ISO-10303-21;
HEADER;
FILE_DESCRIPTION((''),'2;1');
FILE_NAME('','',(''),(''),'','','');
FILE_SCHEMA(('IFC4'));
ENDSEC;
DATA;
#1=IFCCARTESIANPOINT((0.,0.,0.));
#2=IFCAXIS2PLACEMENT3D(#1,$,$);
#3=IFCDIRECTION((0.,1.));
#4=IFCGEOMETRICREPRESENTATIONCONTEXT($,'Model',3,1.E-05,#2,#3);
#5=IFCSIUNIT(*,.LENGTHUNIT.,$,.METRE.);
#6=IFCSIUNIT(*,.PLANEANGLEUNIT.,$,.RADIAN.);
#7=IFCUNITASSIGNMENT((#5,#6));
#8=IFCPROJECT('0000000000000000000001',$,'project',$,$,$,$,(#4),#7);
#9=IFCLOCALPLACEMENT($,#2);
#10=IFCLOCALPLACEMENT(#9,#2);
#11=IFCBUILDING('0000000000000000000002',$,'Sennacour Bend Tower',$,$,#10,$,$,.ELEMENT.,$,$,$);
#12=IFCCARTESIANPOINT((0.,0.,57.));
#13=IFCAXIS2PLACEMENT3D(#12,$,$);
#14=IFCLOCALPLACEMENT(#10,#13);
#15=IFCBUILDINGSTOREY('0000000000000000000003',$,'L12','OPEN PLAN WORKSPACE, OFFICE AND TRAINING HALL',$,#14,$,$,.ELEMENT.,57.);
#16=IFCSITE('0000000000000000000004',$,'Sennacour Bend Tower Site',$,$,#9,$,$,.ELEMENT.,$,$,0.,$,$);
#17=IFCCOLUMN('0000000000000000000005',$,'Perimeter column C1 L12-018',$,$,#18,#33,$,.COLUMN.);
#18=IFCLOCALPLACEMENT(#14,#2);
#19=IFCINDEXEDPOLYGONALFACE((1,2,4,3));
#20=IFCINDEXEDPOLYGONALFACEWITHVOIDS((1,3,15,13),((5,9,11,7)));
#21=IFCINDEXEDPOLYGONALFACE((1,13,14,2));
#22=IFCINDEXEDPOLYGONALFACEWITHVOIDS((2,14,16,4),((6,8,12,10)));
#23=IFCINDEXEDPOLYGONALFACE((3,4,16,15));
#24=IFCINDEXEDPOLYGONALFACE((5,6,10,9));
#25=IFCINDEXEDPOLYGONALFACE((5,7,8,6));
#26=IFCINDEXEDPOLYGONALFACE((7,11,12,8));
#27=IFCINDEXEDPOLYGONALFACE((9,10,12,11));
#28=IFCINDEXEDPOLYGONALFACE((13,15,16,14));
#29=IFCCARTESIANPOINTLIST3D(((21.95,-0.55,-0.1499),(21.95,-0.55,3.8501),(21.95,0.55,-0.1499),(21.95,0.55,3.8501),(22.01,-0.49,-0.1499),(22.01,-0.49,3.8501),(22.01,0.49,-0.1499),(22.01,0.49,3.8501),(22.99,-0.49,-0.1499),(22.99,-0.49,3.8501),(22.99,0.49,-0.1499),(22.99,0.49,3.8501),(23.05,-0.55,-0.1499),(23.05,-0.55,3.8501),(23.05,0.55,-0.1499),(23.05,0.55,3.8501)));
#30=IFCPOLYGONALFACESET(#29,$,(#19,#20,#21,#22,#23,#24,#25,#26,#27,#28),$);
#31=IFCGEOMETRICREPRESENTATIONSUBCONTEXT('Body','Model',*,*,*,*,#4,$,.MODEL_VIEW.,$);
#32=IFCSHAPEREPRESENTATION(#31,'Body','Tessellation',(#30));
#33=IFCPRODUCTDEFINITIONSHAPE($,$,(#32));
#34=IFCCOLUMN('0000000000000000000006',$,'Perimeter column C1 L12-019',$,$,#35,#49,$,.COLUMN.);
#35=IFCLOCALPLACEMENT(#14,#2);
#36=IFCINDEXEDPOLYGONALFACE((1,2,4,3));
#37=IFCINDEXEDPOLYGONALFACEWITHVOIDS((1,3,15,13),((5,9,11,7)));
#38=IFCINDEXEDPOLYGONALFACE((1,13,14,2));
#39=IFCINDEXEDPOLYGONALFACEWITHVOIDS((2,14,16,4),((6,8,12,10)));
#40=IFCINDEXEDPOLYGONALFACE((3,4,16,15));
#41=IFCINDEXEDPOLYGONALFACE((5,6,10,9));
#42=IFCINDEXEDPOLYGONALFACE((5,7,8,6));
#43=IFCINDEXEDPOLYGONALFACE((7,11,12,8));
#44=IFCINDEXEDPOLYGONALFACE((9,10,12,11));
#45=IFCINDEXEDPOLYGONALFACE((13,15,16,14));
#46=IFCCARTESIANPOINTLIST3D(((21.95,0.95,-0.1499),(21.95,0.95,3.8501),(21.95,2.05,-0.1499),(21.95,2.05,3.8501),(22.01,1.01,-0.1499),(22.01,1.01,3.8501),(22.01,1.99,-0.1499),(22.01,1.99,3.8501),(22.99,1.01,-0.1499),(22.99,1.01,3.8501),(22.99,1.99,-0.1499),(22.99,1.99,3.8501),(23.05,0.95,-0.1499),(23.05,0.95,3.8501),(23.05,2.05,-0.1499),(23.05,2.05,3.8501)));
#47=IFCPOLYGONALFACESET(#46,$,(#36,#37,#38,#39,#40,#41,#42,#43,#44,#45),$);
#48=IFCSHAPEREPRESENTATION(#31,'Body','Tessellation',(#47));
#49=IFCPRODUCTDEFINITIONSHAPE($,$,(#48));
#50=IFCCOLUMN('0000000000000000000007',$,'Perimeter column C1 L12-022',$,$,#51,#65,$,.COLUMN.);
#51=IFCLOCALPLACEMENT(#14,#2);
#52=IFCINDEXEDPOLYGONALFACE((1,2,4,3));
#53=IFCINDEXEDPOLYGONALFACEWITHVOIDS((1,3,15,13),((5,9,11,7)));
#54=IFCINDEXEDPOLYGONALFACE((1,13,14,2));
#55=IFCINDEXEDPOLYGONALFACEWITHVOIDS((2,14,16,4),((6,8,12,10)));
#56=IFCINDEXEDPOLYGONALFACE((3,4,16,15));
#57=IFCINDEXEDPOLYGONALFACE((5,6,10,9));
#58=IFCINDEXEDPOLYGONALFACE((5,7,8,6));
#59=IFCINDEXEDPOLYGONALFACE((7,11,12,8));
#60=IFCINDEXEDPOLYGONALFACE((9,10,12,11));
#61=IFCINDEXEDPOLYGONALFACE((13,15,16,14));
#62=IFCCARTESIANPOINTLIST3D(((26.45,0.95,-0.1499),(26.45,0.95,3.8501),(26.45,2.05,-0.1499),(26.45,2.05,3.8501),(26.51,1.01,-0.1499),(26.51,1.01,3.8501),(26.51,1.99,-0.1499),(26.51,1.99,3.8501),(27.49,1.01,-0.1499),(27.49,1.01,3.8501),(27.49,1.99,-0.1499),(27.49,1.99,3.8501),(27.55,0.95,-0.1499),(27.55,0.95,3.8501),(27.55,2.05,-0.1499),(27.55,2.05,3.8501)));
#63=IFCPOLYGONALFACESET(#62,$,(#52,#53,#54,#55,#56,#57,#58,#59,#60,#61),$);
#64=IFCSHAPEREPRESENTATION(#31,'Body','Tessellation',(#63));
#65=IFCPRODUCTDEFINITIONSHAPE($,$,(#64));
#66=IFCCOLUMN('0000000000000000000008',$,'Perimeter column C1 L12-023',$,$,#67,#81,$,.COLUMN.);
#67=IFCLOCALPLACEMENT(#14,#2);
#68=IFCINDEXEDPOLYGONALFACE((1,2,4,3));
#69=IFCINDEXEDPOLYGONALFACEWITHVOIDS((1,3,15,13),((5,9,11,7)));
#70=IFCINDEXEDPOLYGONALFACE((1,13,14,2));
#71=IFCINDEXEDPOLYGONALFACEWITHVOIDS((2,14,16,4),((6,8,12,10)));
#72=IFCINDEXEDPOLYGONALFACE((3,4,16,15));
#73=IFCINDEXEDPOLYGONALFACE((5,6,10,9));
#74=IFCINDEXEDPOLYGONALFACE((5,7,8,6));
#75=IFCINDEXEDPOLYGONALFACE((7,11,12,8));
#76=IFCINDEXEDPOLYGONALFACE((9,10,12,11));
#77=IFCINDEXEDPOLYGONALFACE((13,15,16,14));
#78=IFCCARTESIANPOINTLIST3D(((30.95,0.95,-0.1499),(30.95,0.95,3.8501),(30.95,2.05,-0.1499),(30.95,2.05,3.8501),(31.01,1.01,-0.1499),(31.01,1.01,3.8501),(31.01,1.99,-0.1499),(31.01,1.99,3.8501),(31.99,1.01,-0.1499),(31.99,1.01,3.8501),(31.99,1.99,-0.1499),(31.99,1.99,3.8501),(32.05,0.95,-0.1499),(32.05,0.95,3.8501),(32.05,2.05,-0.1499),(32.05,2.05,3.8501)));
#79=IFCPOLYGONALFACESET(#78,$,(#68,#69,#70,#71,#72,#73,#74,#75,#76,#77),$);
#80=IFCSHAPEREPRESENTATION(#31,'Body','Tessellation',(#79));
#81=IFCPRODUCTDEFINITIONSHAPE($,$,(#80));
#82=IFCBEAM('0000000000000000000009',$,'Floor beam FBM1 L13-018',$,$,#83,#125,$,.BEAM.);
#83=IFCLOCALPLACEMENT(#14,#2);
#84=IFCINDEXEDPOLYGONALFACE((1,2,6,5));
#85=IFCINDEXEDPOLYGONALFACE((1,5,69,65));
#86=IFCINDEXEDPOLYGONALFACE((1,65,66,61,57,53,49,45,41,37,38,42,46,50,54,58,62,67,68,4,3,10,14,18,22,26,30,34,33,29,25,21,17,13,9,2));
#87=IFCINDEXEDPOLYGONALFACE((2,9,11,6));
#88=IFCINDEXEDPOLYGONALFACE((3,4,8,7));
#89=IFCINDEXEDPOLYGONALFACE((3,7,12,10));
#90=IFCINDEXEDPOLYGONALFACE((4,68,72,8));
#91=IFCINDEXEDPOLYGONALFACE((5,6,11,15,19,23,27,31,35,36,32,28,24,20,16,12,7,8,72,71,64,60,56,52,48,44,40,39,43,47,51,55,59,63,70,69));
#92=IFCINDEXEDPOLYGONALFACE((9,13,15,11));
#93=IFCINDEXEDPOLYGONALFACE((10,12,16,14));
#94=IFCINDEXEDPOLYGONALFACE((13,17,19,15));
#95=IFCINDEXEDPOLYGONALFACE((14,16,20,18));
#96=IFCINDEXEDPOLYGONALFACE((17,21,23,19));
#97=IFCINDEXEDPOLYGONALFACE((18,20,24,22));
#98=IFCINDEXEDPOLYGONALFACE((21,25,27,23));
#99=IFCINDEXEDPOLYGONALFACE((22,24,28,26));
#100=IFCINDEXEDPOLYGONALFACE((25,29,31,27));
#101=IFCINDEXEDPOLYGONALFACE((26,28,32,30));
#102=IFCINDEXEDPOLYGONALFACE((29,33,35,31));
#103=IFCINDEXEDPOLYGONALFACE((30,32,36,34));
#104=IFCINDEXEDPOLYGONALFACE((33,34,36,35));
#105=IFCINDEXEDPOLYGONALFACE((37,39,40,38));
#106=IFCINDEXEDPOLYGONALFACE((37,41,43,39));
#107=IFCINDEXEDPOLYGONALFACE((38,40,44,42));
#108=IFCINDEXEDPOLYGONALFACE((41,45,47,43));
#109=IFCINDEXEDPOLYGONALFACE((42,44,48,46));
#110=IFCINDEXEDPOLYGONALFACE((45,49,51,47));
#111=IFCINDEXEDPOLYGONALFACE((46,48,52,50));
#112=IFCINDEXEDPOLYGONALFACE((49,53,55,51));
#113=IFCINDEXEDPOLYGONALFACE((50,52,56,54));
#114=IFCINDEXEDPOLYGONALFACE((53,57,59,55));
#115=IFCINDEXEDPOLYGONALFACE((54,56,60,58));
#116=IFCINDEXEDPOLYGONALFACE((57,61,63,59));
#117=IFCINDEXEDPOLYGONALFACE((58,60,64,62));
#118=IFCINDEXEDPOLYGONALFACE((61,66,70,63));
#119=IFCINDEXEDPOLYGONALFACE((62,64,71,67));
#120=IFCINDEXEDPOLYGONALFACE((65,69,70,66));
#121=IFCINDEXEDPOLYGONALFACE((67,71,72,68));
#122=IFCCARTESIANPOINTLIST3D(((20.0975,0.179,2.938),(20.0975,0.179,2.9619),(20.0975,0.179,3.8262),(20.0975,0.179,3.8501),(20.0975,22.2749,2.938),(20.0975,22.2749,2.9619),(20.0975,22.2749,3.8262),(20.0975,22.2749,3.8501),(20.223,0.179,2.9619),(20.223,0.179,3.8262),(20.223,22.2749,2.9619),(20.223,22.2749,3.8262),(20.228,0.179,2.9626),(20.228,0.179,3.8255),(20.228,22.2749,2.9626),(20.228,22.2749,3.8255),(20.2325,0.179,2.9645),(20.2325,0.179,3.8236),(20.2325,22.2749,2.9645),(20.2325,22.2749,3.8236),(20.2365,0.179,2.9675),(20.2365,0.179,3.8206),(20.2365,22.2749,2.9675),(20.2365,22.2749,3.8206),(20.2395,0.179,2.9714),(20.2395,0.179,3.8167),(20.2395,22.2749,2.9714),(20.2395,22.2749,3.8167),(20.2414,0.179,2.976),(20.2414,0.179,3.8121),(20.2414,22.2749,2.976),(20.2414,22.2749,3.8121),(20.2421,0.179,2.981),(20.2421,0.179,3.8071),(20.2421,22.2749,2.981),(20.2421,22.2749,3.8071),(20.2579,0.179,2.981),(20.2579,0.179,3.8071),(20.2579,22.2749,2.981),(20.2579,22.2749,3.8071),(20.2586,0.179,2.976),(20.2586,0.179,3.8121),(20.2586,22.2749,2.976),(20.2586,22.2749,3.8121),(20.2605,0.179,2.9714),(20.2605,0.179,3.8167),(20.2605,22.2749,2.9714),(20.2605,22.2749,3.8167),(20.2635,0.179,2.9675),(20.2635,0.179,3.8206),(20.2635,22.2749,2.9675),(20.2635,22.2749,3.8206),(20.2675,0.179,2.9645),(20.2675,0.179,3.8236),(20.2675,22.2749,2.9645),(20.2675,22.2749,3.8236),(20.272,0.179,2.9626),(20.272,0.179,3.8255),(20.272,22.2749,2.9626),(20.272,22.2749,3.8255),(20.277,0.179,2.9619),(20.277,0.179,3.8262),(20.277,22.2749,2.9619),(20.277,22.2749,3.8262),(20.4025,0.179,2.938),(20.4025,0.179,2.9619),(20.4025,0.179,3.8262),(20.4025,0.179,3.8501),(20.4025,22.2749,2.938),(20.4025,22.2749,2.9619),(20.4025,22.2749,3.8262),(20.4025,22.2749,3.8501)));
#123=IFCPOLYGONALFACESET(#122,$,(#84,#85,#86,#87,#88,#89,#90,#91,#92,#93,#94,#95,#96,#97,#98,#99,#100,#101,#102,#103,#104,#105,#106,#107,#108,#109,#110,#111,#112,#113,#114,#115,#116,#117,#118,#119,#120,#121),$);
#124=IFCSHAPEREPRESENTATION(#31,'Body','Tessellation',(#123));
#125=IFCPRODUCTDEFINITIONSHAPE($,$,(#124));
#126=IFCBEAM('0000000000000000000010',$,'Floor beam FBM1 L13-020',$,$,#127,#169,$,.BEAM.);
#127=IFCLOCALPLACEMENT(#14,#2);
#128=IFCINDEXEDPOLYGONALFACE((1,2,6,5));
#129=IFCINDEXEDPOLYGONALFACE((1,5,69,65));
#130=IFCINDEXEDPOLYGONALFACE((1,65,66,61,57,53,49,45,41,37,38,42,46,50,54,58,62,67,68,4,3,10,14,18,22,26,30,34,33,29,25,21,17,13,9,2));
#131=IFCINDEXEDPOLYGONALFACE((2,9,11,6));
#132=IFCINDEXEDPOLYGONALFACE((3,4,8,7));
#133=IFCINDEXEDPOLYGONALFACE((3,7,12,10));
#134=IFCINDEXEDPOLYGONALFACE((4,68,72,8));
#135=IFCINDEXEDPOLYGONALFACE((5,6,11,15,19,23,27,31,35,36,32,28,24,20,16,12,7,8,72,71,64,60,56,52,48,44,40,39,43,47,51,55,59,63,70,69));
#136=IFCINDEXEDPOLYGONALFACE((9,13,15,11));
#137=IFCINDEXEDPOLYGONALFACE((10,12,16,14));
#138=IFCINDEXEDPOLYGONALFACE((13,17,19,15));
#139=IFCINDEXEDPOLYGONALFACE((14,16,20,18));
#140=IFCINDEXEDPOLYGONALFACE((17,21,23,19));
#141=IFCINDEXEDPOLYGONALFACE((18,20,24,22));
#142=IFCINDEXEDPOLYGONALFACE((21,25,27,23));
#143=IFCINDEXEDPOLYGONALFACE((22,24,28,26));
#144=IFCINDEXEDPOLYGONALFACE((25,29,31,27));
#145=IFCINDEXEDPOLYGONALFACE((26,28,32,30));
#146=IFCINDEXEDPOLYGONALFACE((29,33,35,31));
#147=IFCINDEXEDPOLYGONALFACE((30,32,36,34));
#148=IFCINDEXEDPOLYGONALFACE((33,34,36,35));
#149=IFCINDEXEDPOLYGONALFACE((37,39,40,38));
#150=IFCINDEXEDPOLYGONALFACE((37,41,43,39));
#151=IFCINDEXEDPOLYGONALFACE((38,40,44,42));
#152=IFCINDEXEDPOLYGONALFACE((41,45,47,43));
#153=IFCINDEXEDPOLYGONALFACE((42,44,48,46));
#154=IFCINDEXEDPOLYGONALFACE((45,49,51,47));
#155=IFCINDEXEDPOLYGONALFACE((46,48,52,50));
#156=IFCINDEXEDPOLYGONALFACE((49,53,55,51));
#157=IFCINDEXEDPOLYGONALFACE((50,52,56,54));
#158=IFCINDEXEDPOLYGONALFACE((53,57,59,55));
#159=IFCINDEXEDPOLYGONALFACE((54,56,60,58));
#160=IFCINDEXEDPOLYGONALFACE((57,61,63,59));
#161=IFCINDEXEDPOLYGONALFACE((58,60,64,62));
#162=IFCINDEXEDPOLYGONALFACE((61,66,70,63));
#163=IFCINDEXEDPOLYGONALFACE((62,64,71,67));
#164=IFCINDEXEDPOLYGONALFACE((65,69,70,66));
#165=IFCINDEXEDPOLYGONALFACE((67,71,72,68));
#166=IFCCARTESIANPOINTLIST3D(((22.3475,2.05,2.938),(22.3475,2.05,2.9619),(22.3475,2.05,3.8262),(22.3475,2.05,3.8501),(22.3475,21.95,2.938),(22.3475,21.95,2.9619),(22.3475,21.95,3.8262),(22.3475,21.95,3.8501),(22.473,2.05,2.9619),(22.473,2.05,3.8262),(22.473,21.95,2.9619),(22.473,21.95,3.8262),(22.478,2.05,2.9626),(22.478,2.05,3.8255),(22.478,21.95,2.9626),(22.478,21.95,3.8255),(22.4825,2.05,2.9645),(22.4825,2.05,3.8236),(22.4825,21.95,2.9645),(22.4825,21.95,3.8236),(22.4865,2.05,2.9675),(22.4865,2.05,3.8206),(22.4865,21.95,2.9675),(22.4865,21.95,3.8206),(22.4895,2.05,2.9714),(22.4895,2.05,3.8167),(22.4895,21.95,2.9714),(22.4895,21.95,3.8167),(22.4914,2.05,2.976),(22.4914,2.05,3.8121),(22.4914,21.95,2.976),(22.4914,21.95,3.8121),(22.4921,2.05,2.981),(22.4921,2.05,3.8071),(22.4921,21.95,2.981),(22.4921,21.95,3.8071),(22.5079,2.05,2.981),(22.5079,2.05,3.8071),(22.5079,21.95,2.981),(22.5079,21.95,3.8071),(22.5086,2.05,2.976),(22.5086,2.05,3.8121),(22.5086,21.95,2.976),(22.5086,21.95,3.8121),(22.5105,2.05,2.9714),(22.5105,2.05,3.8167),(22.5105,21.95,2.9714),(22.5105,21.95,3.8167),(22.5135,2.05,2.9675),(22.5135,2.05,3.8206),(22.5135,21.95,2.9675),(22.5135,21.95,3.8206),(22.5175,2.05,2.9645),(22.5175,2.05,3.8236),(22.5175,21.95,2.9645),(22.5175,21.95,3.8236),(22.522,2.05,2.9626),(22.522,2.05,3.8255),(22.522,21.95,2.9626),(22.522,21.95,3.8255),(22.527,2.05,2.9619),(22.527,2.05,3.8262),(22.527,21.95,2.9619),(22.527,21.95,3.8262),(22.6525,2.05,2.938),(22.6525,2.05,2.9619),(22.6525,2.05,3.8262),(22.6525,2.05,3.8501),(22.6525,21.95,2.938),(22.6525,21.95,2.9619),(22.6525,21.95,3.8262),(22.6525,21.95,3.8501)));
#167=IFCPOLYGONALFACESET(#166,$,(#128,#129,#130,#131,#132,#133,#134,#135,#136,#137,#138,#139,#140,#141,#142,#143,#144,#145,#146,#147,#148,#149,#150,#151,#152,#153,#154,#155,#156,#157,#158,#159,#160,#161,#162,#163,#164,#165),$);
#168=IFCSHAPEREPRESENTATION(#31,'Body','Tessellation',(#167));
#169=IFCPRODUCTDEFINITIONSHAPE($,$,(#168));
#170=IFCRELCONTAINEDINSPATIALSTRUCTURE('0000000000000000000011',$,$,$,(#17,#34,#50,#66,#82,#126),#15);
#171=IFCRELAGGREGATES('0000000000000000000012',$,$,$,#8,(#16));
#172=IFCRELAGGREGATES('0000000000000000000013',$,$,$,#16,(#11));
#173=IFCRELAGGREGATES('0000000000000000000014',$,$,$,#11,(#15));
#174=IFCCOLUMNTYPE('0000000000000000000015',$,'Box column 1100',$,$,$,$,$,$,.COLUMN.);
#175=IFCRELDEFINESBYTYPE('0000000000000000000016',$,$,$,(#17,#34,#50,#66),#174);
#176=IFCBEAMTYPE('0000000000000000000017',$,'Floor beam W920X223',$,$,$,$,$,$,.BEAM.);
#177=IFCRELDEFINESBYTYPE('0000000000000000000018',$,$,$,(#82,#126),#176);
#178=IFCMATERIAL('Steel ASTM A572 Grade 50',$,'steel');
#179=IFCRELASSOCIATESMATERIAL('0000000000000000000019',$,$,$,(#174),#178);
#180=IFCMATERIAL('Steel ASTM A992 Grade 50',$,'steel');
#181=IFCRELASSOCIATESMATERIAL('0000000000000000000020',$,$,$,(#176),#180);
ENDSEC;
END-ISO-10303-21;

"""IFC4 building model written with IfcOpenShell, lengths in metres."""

from ifc_helpers import new_model, si_unit, direction, frame, origin, origin_2d, place, context, subcontext, project, spatial, hollow_rectangle, i_section, extrude, material, material_profile, profile_set, type_object, element, save


model = new_model("IFC4")

# Units and contexts
model_context = context("Model", 3, precision=1e-05, world=origin(), true_north=direction((0.0, 1.0)))
body_context = subcontext(model_context, "Body", "Model", "MODEL_VIEW")
ifc_project = project(units=[si_unit("LENGTHUNIT", "METRE"), si_unit("PLANEANGLEUNIT", "RADIAN")], contexts=[model_context])

# Site, building, storey
site_placement = place(None, origin())
site = spatial("IfcSite", under=ifc_project, at=site_placement, Name="Sennacour Bend Tower Site", CompositionType="ELEMENT", RefElevation=0.0)
building_placement = place(site_placement, origin())
building = spatial("IfcBuilding", under=site, at=building_placement, Name="Sennacour Bend Tower", CompositionType="ELEMENT")
storey_placement = place(building_placement, frame((0.0, 0.0, 57.0)))
storey = spatial("IfcBuildingStorey", under=building, at=storey_placement, Name="L12", Description="OPEN PLAN WORKSPACE, OFFICE AND TRAINING HALL", CompositionType="ELEMENT", Elevation=57.0)

# Columns
ifc_material_1 = material(Name="Steel ASTM A572 Grade 50", Category="steel")
ifc_material_profile_1 = material_profile(ifc_material_1, hollow_rectangle(XDim=1.1001, YDim=1.1001, WallThickness=0.0601, at=origin_2d()), Name="Steel ASTM A572 Grade 50", Category="steel")
ifc_profile_set_1 = profile_set([ifc_material_profile_1], Name="Steel ASTM A572 Grade 50")
column_type = type_object("IfcColumnType", Name="Box column 1100", PredefinedType="COLUMN", material=ifc_profile_set_1)
for number, where, z_axis, x_axis, name in (
    (1, (22.5, 0.0, -0.1499), (0.0, 0.0, 1.0), (1.0, 0.0, 0.0), "Perimeter column C1 L12-018"),
    (2, (22.5, 1.5, -0.1499), (0.0, 0.0, 1.0), (1.0, 0.0, 0.0), "Perimeter column C1 L12-019"),
    (3, (27.0, 1.5, -0.1499), (0.0, 0.0, 1.0), (1.0, 0.0, 0.0), "Perimeter column C1 L12-022"),
    (4, (31.5, 1.5, -0.1499), (0.0, 0.0, 1.0), (1.0, 0.0, 0.0), "Perimeter column C1 L12-023"),
):
    element("IfcColumn", number, at=place(storey_placement, frame(where, z_axis=z_axis, x_axis=x_axis)), inside=storey, type_object=column_type, Name=name, PredefinedType="COLUMN", context=body_context, shape_type="SweptSolid", body=[
        extrude(hollow_rectangle(XDim=1.1001, YDim=1.1001, WallThickness=0.0601, at=origin_2d()), origin(), (0.0, 0.0, 1.0), 4.0),
    ])

# Beams
ifc_material_2 = material(Name="Steel ASTM A992 Grade 50", Category="steel")
ifc_material_profile_2 = material_profile(ifc_material_2, i_section(OverallWidth=0.3049, OverallDepth=0.9121, WebThickness=0.0159, FlangeThickness=0.0239, FilletRadius=0.019, at=origin_2d()), Name="Steel ASTM A992 Grade 50", Category="steel")
ifc_profile_set_2 = profile_set([ifc_material_profile_2], Name="Steel ASTM A992 Grade 50")
beam_type_1 = type_object("IfcBeamType", Name="Floor beam W920X223", PredefinedType="BEAM", material=ifc_profile_set_2)
beam_1_placement = place(storey_placement, frame((20.25, 0.179, 3.394), z_axis=(0.0, 1.0, 0.0), x_axis=(-1.0, 0.0, 0.0)))
element("IfcBeam", 5, at=beam_1_placement, inside=storey, type_object=beam_type_1, Name="Floor beam FBM1 L13-018", PredefinedType="BEAM", context=body_context, shape_type="SweptSolid", body=[
    extrude(i_section(OverallWidth=0.3049, OverallDepth=0.9121, WebThickness=0.0159, FlangeThickness=0.0239, FilletRadius=0.019, at=origin_2d()), origin(), (0.0, 0.0, 1.0), 22.0959),
])
beam_2_placement = place(storey_placement, frame((22.5, 2.05, 3.394), z_axis=(0.0, 1.0, 0.0), x_axis=(-1.0, 0.0, 0.0)))
element("IfcBeam", 6, at=beam_2_placement, inside=storey, type_object=beam_type_1, Name="Floor beam FBM1 L13-020", PredefinedType="BEAM", context=body_context, shape_type="SweptSolid", body=[
    extrude(i_section(OverallWidth=0.3049, OverallDepth=0.9121, WebThickness=0.0159, FlangeThickness=0.0239, FilletRadius=0.019, at=origin_2d()), origin(), (0.0, 0.0, 1.0), 19.8999),
])

save(model, "model.ifc")
